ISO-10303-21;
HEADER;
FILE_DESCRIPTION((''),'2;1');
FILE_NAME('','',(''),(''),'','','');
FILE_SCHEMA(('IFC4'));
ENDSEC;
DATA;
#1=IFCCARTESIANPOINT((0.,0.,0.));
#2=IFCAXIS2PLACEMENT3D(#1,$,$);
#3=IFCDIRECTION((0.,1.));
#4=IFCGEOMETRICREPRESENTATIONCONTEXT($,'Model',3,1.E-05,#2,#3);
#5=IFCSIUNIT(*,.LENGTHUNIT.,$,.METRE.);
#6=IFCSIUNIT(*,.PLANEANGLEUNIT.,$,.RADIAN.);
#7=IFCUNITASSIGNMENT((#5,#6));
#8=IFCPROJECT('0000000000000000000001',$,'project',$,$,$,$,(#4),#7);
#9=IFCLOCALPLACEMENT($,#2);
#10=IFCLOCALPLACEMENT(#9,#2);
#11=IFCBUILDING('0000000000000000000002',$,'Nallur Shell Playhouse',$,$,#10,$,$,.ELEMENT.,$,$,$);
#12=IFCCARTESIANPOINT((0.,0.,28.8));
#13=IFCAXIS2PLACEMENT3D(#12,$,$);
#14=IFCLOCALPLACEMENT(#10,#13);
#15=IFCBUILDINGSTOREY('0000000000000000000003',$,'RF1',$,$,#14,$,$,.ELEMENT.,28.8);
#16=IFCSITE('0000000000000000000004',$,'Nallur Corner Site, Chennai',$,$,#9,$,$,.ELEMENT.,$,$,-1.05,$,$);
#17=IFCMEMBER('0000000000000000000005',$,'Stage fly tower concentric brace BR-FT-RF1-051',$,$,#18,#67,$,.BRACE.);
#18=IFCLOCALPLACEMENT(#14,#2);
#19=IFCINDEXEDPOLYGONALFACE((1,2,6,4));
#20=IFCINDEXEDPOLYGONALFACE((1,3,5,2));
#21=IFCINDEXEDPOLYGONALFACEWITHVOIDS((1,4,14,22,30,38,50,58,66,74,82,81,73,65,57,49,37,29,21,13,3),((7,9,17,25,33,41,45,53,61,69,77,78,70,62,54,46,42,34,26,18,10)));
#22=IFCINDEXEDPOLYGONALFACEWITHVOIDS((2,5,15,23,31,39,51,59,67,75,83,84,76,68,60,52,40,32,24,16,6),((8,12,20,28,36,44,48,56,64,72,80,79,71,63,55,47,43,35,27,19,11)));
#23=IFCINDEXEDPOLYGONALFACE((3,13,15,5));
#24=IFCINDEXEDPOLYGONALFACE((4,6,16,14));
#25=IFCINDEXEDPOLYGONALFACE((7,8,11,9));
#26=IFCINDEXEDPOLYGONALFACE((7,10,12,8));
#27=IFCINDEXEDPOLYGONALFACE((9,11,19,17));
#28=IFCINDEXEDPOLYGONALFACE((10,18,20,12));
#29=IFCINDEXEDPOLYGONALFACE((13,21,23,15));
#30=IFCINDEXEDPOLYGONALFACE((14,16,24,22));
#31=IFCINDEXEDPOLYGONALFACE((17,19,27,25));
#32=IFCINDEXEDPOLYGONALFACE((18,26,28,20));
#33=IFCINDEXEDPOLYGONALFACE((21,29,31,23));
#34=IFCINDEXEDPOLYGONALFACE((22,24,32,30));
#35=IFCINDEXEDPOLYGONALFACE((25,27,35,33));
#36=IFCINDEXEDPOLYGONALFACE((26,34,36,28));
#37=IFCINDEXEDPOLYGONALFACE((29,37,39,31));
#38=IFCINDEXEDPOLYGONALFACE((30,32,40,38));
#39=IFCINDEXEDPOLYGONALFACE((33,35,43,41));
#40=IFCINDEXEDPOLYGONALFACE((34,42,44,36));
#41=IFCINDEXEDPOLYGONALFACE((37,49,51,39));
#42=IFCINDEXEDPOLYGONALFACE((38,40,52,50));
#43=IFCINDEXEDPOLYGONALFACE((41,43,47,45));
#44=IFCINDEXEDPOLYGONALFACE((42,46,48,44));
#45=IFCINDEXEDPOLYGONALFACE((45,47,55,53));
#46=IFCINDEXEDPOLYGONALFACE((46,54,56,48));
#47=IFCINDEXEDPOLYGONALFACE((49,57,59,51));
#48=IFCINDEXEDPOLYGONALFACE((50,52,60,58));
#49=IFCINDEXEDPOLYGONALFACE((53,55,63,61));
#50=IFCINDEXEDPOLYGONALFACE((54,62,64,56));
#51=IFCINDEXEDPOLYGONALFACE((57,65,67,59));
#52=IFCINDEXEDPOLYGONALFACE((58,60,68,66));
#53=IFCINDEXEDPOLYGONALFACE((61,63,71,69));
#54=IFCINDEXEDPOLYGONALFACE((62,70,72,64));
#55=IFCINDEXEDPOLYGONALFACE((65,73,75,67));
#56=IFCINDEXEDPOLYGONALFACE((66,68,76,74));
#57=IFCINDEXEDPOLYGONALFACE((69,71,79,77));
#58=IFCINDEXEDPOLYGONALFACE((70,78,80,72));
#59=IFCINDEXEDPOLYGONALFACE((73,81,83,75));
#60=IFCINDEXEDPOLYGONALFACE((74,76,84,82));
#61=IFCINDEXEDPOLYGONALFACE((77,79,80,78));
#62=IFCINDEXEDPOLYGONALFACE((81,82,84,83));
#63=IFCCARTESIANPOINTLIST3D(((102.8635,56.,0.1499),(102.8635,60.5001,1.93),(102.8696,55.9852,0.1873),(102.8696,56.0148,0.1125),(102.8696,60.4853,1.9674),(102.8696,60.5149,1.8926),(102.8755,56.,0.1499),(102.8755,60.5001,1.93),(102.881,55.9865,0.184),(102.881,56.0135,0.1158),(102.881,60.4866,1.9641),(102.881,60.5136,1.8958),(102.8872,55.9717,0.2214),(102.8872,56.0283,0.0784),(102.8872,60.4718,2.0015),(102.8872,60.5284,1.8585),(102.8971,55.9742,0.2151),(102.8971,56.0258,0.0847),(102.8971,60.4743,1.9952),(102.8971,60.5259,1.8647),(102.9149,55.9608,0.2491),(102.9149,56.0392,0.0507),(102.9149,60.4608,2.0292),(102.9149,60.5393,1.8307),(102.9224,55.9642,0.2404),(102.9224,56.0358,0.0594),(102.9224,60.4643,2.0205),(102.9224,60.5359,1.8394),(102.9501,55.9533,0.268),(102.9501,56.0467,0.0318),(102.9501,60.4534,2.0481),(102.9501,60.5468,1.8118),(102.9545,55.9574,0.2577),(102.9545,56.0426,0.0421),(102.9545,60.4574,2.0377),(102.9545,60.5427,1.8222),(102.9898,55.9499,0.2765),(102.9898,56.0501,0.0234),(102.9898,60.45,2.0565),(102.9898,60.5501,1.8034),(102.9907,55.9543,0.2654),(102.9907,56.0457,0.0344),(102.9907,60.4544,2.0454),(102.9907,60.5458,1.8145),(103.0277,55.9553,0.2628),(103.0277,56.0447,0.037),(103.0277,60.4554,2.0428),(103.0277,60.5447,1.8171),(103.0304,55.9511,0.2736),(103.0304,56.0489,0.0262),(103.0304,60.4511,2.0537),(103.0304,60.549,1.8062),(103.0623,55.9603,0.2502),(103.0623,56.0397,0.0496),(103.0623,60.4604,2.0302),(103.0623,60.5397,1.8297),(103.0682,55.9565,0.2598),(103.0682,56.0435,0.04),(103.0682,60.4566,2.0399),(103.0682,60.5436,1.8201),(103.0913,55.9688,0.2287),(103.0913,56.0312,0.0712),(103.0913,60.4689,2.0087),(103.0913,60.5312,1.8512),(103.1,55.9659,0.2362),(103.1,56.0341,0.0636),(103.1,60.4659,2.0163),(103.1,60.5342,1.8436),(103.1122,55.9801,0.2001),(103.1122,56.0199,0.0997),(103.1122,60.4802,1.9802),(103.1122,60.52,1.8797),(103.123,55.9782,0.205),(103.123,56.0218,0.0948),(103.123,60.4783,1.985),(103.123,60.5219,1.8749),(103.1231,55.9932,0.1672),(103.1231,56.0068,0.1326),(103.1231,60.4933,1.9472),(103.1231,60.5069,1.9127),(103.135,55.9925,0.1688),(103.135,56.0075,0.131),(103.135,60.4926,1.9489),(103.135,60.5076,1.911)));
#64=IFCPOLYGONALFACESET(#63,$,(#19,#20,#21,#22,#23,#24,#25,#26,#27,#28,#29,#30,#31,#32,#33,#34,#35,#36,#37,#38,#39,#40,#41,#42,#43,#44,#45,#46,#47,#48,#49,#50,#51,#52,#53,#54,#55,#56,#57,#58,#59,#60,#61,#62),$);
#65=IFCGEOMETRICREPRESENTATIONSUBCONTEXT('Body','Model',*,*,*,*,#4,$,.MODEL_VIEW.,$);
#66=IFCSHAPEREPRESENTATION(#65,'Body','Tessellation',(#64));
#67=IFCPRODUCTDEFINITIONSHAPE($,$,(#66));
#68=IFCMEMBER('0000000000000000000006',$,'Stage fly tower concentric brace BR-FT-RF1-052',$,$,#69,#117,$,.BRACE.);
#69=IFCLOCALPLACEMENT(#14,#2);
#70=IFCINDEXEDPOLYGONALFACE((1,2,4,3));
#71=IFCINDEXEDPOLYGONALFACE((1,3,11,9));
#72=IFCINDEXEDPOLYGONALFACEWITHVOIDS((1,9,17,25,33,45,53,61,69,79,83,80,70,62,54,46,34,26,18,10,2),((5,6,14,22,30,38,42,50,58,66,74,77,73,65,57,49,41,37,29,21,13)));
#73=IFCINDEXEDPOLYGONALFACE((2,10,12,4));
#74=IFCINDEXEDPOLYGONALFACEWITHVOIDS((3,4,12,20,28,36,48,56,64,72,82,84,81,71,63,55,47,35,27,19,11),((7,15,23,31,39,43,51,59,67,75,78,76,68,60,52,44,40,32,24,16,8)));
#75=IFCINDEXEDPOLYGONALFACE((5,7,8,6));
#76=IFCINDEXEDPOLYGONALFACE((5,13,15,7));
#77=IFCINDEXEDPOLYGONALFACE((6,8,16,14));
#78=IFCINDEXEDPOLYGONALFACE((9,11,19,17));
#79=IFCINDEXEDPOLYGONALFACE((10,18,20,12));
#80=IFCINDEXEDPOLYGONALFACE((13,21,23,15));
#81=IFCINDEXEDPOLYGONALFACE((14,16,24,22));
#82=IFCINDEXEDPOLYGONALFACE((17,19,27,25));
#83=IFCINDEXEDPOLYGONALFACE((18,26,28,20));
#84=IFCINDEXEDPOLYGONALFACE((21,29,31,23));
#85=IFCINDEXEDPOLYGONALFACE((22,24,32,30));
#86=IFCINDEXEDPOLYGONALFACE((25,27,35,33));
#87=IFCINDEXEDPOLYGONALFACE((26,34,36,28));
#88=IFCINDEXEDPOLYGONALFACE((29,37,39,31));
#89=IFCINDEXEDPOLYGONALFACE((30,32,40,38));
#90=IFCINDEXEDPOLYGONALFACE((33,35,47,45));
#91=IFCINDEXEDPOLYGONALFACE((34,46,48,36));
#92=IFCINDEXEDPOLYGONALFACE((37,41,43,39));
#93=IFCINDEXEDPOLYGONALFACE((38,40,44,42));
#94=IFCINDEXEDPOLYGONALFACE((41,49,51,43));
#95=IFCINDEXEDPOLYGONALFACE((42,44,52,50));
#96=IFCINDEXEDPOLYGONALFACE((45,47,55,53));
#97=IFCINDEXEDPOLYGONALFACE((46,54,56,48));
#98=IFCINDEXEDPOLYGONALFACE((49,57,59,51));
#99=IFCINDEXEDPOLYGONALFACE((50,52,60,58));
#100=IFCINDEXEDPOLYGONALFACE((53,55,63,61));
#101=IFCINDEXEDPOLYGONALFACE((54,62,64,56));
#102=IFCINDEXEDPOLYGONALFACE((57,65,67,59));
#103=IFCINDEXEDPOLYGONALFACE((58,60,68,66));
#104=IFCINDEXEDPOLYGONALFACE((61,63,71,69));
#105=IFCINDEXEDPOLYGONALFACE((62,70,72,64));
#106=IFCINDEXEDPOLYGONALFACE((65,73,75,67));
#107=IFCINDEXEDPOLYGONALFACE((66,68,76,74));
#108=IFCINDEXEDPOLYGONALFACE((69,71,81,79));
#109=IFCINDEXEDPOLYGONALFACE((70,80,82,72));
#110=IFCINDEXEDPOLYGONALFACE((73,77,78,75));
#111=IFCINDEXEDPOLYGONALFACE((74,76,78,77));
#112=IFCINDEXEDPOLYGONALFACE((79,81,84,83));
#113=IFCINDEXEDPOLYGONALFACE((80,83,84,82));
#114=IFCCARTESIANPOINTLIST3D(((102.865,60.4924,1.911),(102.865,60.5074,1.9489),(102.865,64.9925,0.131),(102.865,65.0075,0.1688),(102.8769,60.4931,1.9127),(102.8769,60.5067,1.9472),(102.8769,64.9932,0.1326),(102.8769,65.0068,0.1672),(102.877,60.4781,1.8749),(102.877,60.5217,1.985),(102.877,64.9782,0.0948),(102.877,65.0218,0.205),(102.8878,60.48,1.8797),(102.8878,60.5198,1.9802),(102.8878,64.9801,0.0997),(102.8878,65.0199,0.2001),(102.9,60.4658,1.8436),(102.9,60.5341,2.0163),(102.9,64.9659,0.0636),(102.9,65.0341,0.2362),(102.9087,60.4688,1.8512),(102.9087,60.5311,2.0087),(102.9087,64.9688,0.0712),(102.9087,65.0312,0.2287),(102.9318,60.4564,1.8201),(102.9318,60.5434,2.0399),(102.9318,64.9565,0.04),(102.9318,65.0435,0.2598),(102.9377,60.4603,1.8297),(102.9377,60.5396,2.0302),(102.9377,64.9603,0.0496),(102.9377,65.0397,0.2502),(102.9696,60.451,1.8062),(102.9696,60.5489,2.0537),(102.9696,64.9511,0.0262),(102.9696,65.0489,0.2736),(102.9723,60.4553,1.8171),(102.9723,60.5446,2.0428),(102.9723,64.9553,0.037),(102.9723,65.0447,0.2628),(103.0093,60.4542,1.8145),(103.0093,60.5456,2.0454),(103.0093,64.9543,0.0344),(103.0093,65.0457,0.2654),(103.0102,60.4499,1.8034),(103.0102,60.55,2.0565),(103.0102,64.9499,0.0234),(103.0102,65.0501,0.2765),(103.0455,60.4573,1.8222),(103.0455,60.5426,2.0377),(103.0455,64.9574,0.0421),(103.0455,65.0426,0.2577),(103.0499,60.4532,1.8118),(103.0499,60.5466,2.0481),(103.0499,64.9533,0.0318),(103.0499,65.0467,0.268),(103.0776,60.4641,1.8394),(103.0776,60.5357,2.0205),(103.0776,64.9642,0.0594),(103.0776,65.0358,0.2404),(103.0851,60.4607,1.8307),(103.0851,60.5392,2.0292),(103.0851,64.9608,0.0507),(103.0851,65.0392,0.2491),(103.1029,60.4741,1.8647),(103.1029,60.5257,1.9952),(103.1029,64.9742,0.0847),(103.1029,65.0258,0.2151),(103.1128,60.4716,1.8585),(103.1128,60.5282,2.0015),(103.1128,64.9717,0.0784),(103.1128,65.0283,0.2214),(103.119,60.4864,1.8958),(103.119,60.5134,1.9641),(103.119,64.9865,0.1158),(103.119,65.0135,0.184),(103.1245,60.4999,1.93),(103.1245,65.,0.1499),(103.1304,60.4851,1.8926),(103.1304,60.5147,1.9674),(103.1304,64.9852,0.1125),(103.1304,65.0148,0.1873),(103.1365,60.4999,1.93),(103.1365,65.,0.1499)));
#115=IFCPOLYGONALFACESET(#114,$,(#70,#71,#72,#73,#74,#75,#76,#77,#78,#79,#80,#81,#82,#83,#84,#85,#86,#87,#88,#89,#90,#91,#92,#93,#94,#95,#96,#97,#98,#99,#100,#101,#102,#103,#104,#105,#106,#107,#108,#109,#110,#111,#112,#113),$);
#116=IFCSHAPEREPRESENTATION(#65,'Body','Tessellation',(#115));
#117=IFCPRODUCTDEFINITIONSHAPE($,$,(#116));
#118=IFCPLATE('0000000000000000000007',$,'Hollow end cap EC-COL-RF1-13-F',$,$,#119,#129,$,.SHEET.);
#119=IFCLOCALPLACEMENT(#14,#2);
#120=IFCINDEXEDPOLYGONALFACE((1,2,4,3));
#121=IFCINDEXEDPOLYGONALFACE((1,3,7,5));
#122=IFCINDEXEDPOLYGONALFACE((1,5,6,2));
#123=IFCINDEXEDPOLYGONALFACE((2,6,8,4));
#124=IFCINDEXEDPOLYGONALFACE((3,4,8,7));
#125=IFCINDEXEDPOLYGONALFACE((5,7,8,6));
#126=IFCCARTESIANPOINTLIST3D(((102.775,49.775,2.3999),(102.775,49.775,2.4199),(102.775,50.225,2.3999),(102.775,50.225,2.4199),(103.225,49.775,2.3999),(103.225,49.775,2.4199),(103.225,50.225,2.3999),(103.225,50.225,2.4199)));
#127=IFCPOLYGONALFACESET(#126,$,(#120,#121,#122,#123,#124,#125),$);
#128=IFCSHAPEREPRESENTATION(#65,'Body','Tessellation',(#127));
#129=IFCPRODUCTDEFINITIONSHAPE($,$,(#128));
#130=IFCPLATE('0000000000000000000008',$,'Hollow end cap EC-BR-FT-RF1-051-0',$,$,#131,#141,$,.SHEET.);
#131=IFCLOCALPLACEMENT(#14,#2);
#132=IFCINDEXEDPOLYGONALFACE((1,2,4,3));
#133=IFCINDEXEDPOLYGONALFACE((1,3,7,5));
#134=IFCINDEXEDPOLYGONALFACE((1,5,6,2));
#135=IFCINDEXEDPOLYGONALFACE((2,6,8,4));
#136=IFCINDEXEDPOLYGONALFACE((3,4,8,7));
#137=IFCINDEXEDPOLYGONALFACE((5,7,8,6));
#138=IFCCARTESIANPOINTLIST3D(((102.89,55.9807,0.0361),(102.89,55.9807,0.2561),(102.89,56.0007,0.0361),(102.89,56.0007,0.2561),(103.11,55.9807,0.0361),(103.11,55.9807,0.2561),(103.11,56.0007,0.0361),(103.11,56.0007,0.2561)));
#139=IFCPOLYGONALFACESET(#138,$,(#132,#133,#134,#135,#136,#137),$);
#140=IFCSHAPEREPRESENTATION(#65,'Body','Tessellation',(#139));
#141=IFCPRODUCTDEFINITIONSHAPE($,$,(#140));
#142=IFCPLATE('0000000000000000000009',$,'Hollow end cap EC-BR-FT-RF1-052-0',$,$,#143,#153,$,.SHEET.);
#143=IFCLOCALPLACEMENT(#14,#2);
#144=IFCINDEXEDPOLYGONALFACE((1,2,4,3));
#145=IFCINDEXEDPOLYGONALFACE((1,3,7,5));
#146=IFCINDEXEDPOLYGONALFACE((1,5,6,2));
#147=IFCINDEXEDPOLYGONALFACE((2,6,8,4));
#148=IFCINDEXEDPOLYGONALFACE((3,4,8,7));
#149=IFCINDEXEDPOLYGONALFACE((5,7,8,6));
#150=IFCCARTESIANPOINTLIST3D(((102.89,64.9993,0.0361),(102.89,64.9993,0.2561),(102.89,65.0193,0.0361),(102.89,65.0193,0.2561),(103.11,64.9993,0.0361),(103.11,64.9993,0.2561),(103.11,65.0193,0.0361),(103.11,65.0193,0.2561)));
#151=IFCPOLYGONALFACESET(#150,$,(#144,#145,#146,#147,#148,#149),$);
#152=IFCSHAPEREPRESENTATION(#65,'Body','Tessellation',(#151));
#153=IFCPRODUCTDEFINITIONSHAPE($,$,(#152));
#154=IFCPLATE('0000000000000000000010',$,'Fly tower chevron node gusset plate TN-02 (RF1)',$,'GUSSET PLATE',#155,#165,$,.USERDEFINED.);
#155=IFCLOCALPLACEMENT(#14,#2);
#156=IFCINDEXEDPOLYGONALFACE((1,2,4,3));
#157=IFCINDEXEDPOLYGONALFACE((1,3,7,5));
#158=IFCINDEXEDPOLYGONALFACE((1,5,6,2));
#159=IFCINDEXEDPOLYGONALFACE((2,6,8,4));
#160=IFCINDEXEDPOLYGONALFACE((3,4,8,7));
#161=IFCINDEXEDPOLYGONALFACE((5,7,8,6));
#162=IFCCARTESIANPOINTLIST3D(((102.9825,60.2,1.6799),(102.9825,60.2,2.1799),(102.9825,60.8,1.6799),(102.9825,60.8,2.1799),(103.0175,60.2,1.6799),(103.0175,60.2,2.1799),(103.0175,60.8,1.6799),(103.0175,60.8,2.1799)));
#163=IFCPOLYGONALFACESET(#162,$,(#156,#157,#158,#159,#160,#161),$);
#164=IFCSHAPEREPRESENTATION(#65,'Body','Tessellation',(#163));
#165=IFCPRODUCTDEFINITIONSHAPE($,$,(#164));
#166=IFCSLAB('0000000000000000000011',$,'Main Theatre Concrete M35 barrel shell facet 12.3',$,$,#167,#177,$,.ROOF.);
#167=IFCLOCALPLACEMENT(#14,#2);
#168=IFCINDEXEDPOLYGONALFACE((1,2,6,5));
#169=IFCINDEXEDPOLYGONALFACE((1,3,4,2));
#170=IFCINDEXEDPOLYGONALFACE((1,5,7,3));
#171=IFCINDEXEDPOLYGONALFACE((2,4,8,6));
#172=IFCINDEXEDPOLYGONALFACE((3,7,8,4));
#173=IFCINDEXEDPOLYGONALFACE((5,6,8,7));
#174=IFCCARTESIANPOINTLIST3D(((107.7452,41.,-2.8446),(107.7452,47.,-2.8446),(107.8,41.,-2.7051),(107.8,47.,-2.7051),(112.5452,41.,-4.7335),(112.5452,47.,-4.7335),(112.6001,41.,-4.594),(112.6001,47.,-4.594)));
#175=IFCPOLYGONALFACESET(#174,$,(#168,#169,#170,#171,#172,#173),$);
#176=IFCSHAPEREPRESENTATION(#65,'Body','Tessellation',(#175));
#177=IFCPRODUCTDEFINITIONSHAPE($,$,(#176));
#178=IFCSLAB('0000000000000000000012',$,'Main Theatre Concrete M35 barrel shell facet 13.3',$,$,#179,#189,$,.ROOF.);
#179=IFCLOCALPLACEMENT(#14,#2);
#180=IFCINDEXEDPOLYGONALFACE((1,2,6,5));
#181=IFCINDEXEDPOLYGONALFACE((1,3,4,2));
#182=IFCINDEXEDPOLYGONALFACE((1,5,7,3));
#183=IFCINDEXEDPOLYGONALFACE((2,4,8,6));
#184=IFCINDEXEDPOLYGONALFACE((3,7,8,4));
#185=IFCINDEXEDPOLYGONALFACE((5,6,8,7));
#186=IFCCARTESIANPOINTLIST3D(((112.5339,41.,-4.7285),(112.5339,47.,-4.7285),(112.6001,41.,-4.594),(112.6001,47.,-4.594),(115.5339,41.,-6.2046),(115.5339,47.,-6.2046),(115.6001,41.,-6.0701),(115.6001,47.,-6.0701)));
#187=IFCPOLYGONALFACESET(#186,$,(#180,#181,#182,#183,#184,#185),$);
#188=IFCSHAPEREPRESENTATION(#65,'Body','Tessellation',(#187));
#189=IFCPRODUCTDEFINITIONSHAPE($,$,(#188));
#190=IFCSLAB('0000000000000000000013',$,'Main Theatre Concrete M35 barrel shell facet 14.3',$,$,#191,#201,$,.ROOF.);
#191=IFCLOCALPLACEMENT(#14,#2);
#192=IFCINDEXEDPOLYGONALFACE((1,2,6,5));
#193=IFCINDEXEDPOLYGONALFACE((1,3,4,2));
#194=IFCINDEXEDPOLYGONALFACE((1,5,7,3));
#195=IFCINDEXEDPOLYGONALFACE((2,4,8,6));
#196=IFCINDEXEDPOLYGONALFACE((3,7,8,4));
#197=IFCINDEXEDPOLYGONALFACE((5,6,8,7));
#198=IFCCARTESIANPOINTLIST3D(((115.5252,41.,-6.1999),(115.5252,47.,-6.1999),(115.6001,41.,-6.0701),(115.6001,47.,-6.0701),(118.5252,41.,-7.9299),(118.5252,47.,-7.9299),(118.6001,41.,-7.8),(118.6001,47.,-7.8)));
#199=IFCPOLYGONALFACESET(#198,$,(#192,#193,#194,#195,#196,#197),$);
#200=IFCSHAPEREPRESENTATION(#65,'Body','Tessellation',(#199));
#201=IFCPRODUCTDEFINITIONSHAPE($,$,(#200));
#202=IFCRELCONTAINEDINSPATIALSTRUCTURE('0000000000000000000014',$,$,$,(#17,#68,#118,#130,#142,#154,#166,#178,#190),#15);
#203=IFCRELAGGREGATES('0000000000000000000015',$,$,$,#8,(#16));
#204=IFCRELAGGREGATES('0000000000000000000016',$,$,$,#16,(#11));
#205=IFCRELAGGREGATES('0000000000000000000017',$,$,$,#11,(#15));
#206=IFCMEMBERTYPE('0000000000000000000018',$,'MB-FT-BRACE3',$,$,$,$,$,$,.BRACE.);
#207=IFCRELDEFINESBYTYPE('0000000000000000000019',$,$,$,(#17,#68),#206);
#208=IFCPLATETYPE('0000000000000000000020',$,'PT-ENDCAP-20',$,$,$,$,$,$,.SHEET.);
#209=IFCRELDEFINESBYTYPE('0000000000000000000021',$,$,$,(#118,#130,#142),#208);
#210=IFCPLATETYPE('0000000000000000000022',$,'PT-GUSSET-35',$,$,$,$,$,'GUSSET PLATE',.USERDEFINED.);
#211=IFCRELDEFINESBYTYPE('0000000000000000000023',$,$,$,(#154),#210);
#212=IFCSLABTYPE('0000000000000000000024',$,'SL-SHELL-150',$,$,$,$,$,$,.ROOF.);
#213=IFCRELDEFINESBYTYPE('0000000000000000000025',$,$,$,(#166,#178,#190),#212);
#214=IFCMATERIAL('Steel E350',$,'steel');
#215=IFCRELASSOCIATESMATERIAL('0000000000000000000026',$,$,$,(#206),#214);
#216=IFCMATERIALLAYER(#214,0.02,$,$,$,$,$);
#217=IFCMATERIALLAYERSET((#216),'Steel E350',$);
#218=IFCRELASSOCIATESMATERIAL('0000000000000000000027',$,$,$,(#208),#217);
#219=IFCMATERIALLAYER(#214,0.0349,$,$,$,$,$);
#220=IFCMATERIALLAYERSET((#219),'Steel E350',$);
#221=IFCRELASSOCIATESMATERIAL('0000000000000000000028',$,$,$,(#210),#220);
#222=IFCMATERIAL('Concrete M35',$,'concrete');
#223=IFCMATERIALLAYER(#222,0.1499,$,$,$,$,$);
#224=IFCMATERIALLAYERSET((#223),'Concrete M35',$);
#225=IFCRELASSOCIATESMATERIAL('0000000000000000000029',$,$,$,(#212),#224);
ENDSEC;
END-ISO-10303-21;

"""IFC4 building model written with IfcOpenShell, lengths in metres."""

from ifc_helpers import new_model, si_unit, direction, frame, origin, origin_2d, place, context, subcontext, project, spatial, polyline, rectangle, hollow_circle, outline, extrude, material, layer, layer_set, material_profile, profile_set, type_object, element, save


model = new_model("IFC4")

# Units and contexts
model_context = context("Model", 3, precision=1e-05, world=origin(), true_north=direction((0.0, 1.0)))
body_context = subcontext(model_context, "Body", "Model", "MODEL_VIEW")
ifc_project = project(units=[si_unit("LENGTHUNIT", "METRE"), si_unit("PLANEANGLEUNIT", "RADIAN")], contexts=[model_context])

# Site, building, storey
site_placement = place(None, origin())
site = spatial("IfcSite", under=ifc_project, at=site_placement, Name="Nallur Corner Site, Chennai", CompositionType="ELEMENT", RefElevation=-1.05)
building_placement = place(site_placement, origin())
building = spatial("IfcBuilding", under=site, at=building_placement, Name="Nallur Shell Playhouse", CompositionType="ELEMENT")
storey_placement = place(building_placement, frame((0.0, 0.0, 28.8)))
storey = spatial("IfcBuildingStorey", under=building, at=storey_placement, Name="RF1", CompositionType="ELEMENT", Elevation=28.8)

# Shared definitions
ifc_material_1 = material(Name="Steel E350", Category="steel")

# Members
ifc_material_profile_1 = material_profile(ifc_material_1, hollow_circle(Radius=0.1365, WallThickness=0.012, at=origin_2d()), Name="CHS 273.0x12")
ifc_profile_set_1 = profile_set([ifc_material_profile_1], Name="Steel E350")
member_type = type_object("IfcMemberType", Name="MB-FT-BRACE3", PredefinedType="BRACE", material=ifc_profile_set_1)
for number, where, z_axis, x_axis, name in (
    (1, (103.0, 56.0, 0.1499), (0.0, 0.929893, 0.36783), (-1.0, 0.0, 0.0), "Stage fly tower concentric brace BR-FT-RF1-051"),
    (2, (103.0, 65.0, 0.1499), (0.0, -0.929893, 0.36783), (1.0, 0.0, 0.0), "Stage fly tower concentric brace BR-FT-RF1-052"),
):
    element("IfcMember", number, at=place(storey_placement, frame(where, z_axis=z_axis, x_axis=x_axis)), inside=storey, type_object=member_type, Name=name, PredefinedType="BRACE", context=body_context, shape_type="SweptSolid", body=[
        extrude(hollow_circle(Radius=0.1365, WallThickness=0.012, at=origin_2d()), origin(), (0.0, 0.0, 1.0), 4.8394),
    ])

# Plates
ifc_layer_1 = layer(ifc_material_1, 0.02)
ifc_layer_set_1 = layer_set([ifc_layer_1], Name="Steel E350")
plate_type_1 = type_object("IfcPlateType", Name="PT-ENDCAP-20", PredefinedType="SHEET", material=ifc_layer_set_1)
plate_1_placement = place(storey_placement, frame((103.0, 50.0, 2.3999), z_axis=(0.0, 0.0, 1.0), x_axis=(1.0, 0.0, 0.0)))
element("IfcPlate", 3, at=plate_1_placement, inside=storey, type_object=plate_type_1, Name="Hollow end cap EC-COL-RF1-13-F", PredefinedType="SHEET", context=body_context, shape_type="SweptSolid", body=[
    extrude(rectangle(XDim=0.45, YDim=0.45, at=origin_2d()), origin(), (0.0, 0.0, 1.0), 0.02),
])
for number, where, z_axis, x_axis, name in (
    (4, (103.0, 55.9907, 0.0361), (0.0, 0.0, 1.0), (1.0, 0.0, 0.0), "Hollow end cap EC-BR-FT-RF1-051-0"),
    (5, (103.0, 65.0093, 0.0361), (0.0, 0.0, 1.0), (1.0, 0.0, 0.0), "Hollow end cap EC-BR-FT-RF1-052-0"),
):
    element("IfcPlate", number, at=place(storey_placement, frame(where, z_axis=z_axis, x_axis=x_axis)), inside=storey, type_object=plate_type_1, Name=name, PredefinedType="SHEET", context=body_context, shape_type="SweptSolid", body=[
        extrude(rectangle(XDim=0.22, YDim=0.02, at=origin_2d()), origin(), (0.0, 0.0, 1.0), 0.22),
    ])
ifc_layer_2 = layer(ifc_material_1, 0.0349)
ifc_layer_set_2 = layer_set([ifc_layer_2], Name="Steel E350")
plate_type_2 = type_object("IfcPlateType", Name="PT-GUSSET-35", ElementType="GUSSET PLATE", PredefinedType="USERDEFINED", material=ifc_layer_set_2)
plate_2_placement = place(storey_placement, frame((103.0, 60.5, 1.6799), z_axis=(0.0, 0.0, 1.0), x_axis=(1.0, 0.0, 0.0)))
element("IfcPlate", 6, at=plate_2_placement, inside=storey, type_object=plate_type_2, Name="Fly tower chevron node gusset plate TN-02 (RF1)", ObjectType="GUSSET PLATE", PredefinedType="USERDEFINED", context=body_context, shape_type="SweptSolid", body=[
    extrude(rectangle(XDim=0.0349, YDim=0.6001, at=origin_2d()), origin(), (0.0, 0.0, 1.0), 0.5),
])

# Slabs
ifc_material_2 = material(Name="Concrete M35", Category="concrete")
ifc_layer_3 = layer(ifc_material_2, 0.1499)
ifc_layer_set_3 = layer_set([ifc_layer_3], Name="Concrete M35")
slab_type = type_object("IfcSlabType", Name="SL-SHELL-150", PredefinedType="ROOF", material=ifc_layer_set_3)
slab_1_placement = place(storey_placement, frame((107.8, 41.0, -2.7051), z_axis=(0.366187, 0.0, 0.930541), x_axis=(0.930541, 0.0, -0.366187)))
element("IfcSlab", 7, at=slab_1_placement, inside=storey, type_object=slab_type, Name="Main Theatre Concrete M35 barrel shell facet 12.3", PredefinedType="ROOF", context=body_context, shape_type="SweptSolid", body=[
    extrude(outline(polyline([(0.0, 0.0), (5.1583, 0.0), (5.1583, 6.0), (0.0, 6.0), (0.0, 0.0)])), origin(), (0.0, 0.0, -1.0), 0.1499),
])
slab_2_placement = place(storey_placement, frame((112.6001, 41.0, -4.594), z_axis=(0.44148, 0.0, 0.897271), x_axis=(0.897271, 0.0, -0.44148)))
element("IfcSlab", 8, at=slab_2_placement, inside=storey, type_object=slab_type, Name="Main Theatre Concrete M35 barrel shell facet 13.3", PredefinedType="ROOF", context=body_context, shape_type="SweptSolid", body=[
    extrude(outline(polyline([(0.0, 0.0), (3.3435, 0.0), (3.3435, 6.0), (0.0, 6.0), (0.0, 0.0)])), origin(), (0.0, 0.0, -1.0), 0.1499),
])
slab_3_placement = place(storey_placement, frame((115.6001, 41.0, -6.0701), z_axis=(0.499552, 0.0, 0.866284), x_axis=(0.866284, 0.0, -0.499552)))
element("IfcSlab", 9, at=slab_3_placement, inside=storey, type_object=slab_type, Name="Main Theatre Concrete M35 barrel shell facet 14.3", PredefinedType="ROOF", context=body_context, shape_type="SweptSolid", body=[
    extrude(outline(polyline([(0.0, 0.0), (3.4631, 0.0), (3.4631, 6.0), (0.0, 6.0), (0.0, 0.0)])), origin(), (0.0, 0.0, -1.0), 0.1499),
])

save(model, "model.ifc")
